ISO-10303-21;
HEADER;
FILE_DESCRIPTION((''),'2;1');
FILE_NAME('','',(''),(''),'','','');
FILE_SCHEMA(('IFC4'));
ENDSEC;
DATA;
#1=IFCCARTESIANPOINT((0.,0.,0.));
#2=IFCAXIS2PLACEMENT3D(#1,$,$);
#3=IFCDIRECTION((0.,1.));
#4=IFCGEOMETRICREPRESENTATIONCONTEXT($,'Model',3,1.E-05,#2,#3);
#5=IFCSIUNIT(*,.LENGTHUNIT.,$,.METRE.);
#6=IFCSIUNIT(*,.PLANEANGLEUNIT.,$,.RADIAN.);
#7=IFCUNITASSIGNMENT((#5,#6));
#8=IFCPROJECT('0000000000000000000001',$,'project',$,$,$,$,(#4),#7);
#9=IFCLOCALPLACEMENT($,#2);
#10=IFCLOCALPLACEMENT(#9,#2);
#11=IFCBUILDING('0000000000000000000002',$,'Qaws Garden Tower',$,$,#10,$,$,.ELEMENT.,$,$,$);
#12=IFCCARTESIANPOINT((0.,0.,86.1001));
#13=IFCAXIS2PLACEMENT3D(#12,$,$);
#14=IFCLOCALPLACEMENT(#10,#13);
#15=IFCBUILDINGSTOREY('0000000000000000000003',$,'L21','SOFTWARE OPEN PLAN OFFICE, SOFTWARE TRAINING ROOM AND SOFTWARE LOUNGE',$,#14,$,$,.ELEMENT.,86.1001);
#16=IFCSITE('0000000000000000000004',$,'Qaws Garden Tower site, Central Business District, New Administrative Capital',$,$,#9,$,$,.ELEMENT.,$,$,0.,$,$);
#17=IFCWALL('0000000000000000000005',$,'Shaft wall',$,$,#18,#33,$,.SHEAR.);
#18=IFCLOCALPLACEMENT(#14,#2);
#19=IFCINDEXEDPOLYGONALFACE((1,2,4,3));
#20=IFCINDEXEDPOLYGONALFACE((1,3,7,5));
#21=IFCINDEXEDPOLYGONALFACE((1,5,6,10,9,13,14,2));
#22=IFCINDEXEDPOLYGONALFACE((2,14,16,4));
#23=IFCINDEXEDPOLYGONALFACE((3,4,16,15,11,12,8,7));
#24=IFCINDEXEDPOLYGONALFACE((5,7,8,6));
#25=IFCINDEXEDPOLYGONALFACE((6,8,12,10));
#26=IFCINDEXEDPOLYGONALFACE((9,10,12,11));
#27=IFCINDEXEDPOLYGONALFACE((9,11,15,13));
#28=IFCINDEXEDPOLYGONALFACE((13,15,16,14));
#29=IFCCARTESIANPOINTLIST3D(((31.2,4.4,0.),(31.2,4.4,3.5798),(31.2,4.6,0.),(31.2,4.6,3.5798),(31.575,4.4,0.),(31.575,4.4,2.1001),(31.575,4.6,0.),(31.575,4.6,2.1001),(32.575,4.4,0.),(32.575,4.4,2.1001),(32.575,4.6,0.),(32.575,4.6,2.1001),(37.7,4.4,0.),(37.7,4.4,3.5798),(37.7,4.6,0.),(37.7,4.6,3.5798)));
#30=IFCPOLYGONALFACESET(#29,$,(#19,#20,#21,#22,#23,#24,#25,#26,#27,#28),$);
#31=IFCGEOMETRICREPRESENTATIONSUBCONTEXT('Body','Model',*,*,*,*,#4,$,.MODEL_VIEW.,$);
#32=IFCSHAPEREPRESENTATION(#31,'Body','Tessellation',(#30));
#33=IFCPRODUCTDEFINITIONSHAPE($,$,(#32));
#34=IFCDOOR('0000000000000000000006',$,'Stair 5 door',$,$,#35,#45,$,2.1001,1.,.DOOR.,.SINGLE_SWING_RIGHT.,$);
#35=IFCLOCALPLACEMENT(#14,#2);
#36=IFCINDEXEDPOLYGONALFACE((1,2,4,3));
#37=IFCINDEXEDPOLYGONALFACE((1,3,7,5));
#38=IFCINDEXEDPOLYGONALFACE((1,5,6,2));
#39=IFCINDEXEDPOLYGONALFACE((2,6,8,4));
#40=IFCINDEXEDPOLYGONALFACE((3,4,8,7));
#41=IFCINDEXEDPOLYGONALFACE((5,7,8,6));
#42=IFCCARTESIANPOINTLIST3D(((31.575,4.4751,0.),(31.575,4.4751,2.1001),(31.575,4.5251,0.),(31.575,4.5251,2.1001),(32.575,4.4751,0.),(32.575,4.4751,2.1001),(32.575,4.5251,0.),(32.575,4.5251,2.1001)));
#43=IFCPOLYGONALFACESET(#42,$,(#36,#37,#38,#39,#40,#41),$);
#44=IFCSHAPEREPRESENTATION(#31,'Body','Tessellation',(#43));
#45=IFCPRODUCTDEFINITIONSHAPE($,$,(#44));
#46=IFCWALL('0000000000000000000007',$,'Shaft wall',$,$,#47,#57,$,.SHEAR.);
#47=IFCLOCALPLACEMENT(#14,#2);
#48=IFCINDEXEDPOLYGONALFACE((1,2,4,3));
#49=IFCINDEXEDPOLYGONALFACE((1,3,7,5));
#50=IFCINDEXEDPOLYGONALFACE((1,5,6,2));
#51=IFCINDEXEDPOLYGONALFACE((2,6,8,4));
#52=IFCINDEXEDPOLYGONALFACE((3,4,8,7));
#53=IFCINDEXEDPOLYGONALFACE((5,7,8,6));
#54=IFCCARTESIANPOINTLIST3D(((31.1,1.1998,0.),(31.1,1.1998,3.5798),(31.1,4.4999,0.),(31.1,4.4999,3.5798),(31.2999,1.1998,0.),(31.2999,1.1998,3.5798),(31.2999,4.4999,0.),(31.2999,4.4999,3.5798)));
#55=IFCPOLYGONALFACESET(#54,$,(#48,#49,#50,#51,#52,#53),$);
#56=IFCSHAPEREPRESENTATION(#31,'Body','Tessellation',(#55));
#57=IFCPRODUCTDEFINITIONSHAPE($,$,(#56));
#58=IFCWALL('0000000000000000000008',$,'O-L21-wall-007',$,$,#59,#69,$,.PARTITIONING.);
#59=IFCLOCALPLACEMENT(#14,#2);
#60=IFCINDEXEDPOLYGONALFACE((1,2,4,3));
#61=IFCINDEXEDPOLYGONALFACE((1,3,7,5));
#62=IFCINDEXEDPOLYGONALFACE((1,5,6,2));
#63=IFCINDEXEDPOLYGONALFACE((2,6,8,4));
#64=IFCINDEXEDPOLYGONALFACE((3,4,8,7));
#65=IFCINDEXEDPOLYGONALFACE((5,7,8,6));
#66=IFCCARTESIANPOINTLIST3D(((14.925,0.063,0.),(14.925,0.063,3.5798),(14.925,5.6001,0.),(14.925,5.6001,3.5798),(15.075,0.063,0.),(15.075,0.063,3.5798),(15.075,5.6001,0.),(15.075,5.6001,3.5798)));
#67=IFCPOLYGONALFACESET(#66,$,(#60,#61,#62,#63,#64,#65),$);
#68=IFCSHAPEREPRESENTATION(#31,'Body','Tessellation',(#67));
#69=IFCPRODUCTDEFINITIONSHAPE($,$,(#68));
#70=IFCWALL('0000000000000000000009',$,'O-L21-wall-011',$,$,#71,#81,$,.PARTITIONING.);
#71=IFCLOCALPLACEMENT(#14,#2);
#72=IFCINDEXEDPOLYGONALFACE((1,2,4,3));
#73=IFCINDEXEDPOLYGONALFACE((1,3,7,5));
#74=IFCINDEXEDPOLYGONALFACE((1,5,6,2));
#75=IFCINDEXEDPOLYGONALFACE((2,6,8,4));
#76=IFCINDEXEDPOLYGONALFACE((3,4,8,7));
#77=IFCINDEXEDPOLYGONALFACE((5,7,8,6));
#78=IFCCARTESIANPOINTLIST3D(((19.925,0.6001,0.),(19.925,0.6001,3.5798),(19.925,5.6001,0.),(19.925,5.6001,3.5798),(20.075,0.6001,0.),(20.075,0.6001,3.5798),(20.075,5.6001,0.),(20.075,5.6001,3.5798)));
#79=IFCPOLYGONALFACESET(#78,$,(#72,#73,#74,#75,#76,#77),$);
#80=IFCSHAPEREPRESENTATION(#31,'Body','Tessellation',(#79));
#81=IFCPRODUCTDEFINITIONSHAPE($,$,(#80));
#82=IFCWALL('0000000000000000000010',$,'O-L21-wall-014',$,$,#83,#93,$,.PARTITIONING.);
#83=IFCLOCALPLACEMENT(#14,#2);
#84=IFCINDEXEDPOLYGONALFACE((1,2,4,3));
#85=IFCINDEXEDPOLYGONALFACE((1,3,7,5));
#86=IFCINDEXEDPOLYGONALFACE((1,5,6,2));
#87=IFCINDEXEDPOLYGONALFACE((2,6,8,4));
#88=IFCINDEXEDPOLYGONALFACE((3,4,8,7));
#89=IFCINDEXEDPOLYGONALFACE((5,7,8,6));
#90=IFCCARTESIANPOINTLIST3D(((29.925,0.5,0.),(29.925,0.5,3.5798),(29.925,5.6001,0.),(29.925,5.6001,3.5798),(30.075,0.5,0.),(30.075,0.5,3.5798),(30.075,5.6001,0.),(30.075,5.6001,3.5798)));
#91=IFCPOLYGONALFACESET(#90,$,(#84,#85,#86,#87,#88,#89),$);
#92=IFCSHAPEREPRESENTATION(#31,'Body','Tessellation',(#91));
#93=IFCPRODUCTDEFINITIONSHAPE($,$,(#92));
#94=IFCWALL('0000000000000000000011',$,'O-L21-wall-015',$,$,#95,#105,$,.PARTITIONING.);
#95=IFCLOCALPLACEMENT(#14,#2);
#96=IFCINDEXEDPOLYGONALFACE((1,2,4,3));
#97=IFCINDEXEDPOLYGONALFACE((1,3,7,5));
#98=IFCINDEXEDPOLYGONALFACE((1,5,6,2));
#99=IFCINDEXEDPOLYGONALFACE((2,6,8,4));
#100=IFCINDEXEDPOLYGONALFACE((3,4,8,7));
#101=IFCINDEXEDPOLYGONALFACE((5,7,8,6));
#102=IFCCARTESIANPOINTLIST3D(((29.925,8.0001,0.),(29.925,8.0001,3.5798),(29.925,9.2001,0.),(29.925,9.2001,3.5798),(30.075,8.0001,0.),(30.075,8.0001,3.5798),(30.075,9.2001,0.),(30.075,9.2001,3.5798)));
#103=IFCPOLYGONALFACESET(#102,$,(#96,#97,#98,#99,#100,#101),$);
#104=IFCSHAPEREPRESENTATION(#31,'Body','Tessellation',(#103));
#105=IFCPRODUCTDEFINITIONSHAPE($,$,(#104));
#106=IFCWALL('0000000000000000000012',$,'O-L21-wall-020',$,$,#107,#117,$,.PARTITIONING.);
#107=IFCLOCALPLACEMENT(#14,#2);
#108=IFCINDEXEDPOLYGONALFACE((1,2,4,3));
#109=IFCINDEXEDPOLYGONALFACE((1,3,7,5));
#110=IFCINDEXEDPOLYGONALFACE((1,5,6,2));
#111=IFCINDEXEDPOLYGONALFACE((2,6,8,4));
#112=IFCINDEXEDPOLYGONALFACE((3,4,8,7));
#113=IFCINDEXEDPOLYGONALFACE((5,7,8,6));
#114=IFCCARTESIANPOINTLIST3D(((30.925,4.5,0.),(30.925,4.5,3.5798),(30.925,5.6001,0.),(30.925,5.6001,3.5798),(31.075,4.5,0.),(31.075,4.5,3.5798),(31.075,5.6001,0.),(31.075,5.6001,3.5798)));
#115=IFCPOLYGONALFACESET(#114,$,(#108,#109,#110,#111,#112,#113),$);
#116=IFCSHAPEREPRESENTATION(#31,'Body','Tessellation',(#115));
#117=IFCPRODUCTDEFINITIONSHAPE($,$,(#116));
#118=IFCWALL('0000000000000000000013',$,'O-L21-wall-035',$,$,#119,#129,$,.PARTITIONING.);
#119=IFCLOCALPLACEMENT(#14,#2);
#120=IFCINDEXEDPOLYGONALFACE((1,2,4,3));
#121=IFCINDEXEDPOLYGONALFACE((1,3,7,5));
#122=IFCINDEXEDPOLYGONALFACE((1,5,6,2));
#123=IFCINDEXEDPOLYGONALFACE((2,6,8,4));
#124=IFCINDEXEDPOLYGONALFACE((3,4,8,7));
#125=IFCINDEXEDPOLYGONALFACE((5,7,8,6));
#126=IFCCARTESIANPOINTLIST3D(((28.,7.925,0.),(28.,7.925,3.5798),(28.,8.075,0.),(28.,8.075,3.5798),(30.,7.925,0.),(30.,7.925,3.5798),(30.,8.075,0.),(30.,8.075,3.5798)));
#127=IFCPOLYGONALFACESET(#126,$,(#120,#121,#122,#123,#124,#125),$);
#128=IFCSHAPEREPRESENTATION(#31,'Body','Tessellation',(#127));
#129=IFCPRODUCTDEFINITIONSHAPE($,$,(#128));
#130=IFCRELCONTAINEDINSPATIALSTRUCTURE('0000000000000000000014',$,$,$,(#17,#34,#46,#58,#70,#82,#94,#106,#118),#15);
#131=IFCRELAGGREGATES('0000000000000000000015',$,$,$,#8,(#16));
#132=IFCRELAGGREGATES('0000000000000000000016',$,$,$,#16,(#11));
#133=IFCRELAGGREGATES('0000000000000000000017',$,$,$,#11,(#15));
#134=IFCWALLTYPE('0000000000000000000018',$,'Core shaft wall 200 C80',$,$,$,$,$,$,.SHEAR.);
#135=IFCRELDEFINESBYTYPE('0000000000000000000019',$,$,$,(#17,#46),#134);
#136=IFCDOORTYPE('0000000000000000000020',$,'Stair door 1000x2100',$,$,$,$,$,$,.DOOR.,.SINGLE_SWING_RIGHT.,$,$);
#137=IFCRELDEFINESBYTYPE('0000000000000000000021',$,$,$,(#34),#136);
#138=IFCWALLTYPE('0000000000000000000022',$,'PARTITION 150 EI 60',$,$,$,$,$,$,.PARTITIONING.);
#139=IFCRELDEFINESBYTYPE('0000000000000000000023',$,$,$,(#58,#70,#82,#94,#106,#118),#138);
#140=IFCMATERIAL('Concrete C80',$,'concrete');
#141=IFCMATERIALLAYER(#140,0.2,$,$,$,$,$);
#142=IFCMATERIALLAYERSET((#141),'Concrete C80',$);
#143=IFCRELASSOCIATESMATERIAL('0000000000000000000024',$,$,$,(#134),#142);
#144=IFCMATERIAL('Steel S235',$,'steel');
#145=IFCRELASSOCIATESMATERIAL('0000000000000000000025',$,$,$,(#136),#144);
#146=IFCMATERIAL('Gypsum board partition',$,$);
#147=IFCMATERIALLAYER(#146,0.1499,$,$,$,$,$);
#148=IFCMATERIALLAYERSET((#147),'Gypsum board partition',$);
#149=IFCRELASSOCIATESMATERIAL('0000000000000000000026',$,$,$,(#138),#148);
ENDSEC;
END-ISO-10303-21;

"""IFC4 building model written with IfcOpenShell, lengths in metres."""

from ifc_helpers import new_model, si_unit, direction, frame, frame_2d, origin, place, context, subcontext, project, spatial, rectangle, extrude, material, layer, layer_set, type_object, element, fill, save


model = new_model("IFC4")

# Units and contexts
model_context = context("Model", 3, precision=1e-05, world=origin(), true_north=direction((0.0, 1.0)))
body_context = subcontext(model_context, "Body", "Model", "MODEL_VIEW")
ifc_project = project(units=[si_unit("LENGTHUNIT", "METRE"), si_unit("PLANEANGLEUNIT", "RADIAN")], contexts=[model_context])

# Site, building, storey
site_placement = place(None, origin())
site = spatial("IfcSite", under=ifc_project, at=site_placement, Name="Qaws Garden Tower site, Central Business District, New Administrative Capital", CompositionType="ELEMENT", RefElevation=0.0)
building_placement = place(site_placement, origin())
building = spatial("IfcBuilding", under=site, at=building_placement, Name="Qaws Garden Tower", CompositionType="ELEMENT")
storey_placement = place(building_placement, frame((0.0, 0.0, 86.1001)))
storey = spatial("IfcBuildingStorey", under=building, at=storey_placement, Name="L21", Description="SOFTWARE OPEN PLAN OFFICE, SOFTWARE TRAINING ROOM AND SOFTWARE LOUNGE", CompositionType="ELEMENT", Elevation=86.1001)

# Shared definitions
ifc_material_1 = material(Name="Concrete C80", Category="concrete")
ifc_layer_1 = layer(ifc_material_1, 0.2)
ifc_layer_set_1 = layer_set([ifc_layer_1], Name="Concrete C80")
wall_type_1 = type_object("IfcWallType", Name="Core shaft wall 200 C80", PredefinedType="SHEAR", material=ifc_layer_set_1)

# Wall, opening, door
wall_1_placement = place(storey_placement, frame((31.2, 4.5, 0.0), z_axis=(0.0, 0.0, 1.0), x_axis=(1.0, 0.0, 0.0)))
wall_1 = element("IfcWall", 1, at=wall_1_placement, inside=storey, type_object=wall_type_1, Name="Shaft wall", PredefinedType="SHEAR", context=body_context, shape_type="SweptSolid", body=[
    extrude(rectangle(XDim=6.5, YDim=0.2, at=frame_2d((3.25, 0.0))), origin(), (0.0, 0.0, 1.0), 3.5798),
])
opening_1_placement = place(wall_1_placement, frame((0.375, 0.0, 0.0)))
opening_1 = element("IfcOpeningElement", 2, at=opening_1_placement, cuts=wall_1, PredefinedType="OPENING", context=body_context, shape_type="SweptSolid", body=[
    extrude(rectangle(XDim=1.0, YDim=2.1001, at=frame_2d((0.5, 1.05))), frame((0.0, 0.1099, 0.0), z_axis=(0.0, -1.0, 0.0), x_axis=(1.0, 0.0, 0.0)), (0.0, 0.0, 1.0), 0.22),
])
ifc_material_2 = material(Name="Steel S235", Category="steel")
door_type = type_object("IfcDoorType", Name="Stair door 1000x2100", OperationType="SINGLE_SWING_RIGHT", PredefinedType="DOOR", material=ifc_material_2)
door_placement = place(opening_1_placement, frame((1.0, 0.0, 0.0), z_axis=(0.0, 0.0, 1.0), x_axis=(-1.0, 0.0, 0.0)))
door = element("IfcDoor", 3, at=door_placement, inside=storey, type_object=door_type, Name="Stair 5 door", OperationType="SINGLE_SWING_RIGHT", OverallHeight=2.1001, OverallWidth=1.0, PredefinedType="DOOR", context=body_context, shape_type="SweptSolid", body=[
    extrude(rectangle(XDim=1.0, YDim=2.1001, at=frame_2d((0.5, 1.05))), frame((0.0, 0.0249, 0.0), z_axis=(0.0, -1.0, 0.0), x_axis=(1.0, 0.0, 0.0)), (0.0, 0.0, 1.0), 0.05),
])
fill(opening_1, door)

# Walls
wall_2_placement = place(storey_placement, frame((31.2, 1.2, 0.0), z_axis=(0.0, 0.0, 1.0), x_axis=(0.0, 1.0, 0.0)))
element("IfcWall", 4, at=wall_2_placement, inside=storey, type_object=wall_type_1, Name="Shaft wall", PredefinedType="SHEAR", context=body_context, shape_type="SweptSolid", body=[
    extrude(rectangle(XDim=3.3, YDim=0.2, at=frame_2d((1.6499, 0.0))), origin(), (0.0, 0.0, 1.0), 3.5798),
])
ifc_material_3 = material(Name="Gypsum board partition")
ifc_layer_2 = layer(ifc_material_3, 0.1499)
ifc_layer_set_2 = layer_set([ifc_layer_2], Name="Gypsum board partition")
wall_type_2 = type_object("IfcWallType", Name="PARTITION 150 EI 60", PredefinedType="PARTITIONING", material=ifc_layer_set_2)
wall_3_placement = place(storey_placement, frame((15.0, 0.063, 0.0), z_axis=(0.0, 0.0, 1.0), x_axis=(0.0, 1.0, 0.0)))
element("IfcWall", 5, at=wall_3_placement, inside=storey, type_object=wall_type_2, Name="O-L21-wall-007", PredefinedType="PARTITIONING", context=body_context, shape_type="SweptSolid", body=[
    extrude(rectangle(XDim=5.5371, YDim=0.1499, at=frame_2d((2.7686, 0.0))), origin(), (0.0, 0.0, 1.0), 3.5798),
])
wall_4_placement = place(storey_placement, frame((20.0, 0.6001, 0.0), z_axis=(0.0, 0.0, 1.0), x_axis=(0.0, 1.0, 0.0)))
element("IfcWall", 6, at=wall_4_placement, inside=storey, type_object=wall_type_2, Name="O-L21-wall-011", PredefinedType="PARTITIONING", context=body_context, shape_type="SweptSolid", body=[
    extrude(rectangle(XDim=5.0, YDim=0.1499, at=frame_2d((2.5, 0.0))), origin(), (0.0, 0.0, 1.0), 3.5798),
])
wall_5_placement = place(storey_placement, frame((30.0, 0.5, 0.0), z_axis=(0.0, 0.0, 1.0), x_axis=(0.0, 1.0, 0.0)))
element("IfcWall", 7, at=wall_5_placement, inside=storey, type_object=wall_type_2, Name="O-L21-wall-014", PredefinedType="PARTITIONING", context=body_context, shape_type="SweptSolid", body=[
    extrude(rectangle(XDim=5.1001, YDim=0.1499, at=frame_2d((2.55, 0.0))), origin(), (0.0, 0.0, 1.0), 3.5798),
])
wall_6_placement = place(storey_placement, frame((30.0, 8.0, 0.0), z_axis=(0.0, 0.0, 1.0), x_axis=(0.0, 1.0, 0.0)))
element("IfcWall", 8, at=wall_6_placement, inside=storey, type_object=wall_type_2, Name="O-L21-wall-015", PredefinedType="PARTITIONING", context=body_context, shape_type="SweptSolid", body=[
    extrude(rectangle(XDim=1.2, YDim=0.1499, at=frame_2d((0.6001, 0.0))), origin(), (0.0, 0.0, 1.0), 3.5798),
])
wall_7_placement = place(storey_placement, frame((31.0, 4.5, 0.0), z_axis=(0.0, 0.0, 1.0), x_axis=(0.0, 1.0, 0.0)))
element("IfcWall", 9, at=wall_7_placement, inside=storey, type_object=wall_type_2, Name="O-L21-wall-020", PredefinedType="PARTITIONING", context=body_context, shape_type="SweptSolid", body=[
    extrude(rectangle(XDim=1.1001, YDim=0.1499, at=frame_2d((0.55, 0.0))), origin(), (0.0, 0.0, 1.0), 3.5798),
])
wall_8_placement = place(storey_placement, frame((28.0, 8.0, 0.0), z_axis=(0.0, 0.0, 1.0), x_axis=(1.0, 0.0, 0.0)))
element("IfcWall", 10, at=wall_8_placement, inside=storey, type_object=wall_type_2, Name="O-L21-wall-035", PredefinedType="PARTITIONING", context=body_context, shape_type="SweptSolid", body=[
    extrude(rectangle(XDim=2.0, YDim=0.1499, at=frame_2d((1.0, 0.0))), origin(), (0.0, 0.0, 1.0), 3.5798),
])

save(model, "model.ifc")
